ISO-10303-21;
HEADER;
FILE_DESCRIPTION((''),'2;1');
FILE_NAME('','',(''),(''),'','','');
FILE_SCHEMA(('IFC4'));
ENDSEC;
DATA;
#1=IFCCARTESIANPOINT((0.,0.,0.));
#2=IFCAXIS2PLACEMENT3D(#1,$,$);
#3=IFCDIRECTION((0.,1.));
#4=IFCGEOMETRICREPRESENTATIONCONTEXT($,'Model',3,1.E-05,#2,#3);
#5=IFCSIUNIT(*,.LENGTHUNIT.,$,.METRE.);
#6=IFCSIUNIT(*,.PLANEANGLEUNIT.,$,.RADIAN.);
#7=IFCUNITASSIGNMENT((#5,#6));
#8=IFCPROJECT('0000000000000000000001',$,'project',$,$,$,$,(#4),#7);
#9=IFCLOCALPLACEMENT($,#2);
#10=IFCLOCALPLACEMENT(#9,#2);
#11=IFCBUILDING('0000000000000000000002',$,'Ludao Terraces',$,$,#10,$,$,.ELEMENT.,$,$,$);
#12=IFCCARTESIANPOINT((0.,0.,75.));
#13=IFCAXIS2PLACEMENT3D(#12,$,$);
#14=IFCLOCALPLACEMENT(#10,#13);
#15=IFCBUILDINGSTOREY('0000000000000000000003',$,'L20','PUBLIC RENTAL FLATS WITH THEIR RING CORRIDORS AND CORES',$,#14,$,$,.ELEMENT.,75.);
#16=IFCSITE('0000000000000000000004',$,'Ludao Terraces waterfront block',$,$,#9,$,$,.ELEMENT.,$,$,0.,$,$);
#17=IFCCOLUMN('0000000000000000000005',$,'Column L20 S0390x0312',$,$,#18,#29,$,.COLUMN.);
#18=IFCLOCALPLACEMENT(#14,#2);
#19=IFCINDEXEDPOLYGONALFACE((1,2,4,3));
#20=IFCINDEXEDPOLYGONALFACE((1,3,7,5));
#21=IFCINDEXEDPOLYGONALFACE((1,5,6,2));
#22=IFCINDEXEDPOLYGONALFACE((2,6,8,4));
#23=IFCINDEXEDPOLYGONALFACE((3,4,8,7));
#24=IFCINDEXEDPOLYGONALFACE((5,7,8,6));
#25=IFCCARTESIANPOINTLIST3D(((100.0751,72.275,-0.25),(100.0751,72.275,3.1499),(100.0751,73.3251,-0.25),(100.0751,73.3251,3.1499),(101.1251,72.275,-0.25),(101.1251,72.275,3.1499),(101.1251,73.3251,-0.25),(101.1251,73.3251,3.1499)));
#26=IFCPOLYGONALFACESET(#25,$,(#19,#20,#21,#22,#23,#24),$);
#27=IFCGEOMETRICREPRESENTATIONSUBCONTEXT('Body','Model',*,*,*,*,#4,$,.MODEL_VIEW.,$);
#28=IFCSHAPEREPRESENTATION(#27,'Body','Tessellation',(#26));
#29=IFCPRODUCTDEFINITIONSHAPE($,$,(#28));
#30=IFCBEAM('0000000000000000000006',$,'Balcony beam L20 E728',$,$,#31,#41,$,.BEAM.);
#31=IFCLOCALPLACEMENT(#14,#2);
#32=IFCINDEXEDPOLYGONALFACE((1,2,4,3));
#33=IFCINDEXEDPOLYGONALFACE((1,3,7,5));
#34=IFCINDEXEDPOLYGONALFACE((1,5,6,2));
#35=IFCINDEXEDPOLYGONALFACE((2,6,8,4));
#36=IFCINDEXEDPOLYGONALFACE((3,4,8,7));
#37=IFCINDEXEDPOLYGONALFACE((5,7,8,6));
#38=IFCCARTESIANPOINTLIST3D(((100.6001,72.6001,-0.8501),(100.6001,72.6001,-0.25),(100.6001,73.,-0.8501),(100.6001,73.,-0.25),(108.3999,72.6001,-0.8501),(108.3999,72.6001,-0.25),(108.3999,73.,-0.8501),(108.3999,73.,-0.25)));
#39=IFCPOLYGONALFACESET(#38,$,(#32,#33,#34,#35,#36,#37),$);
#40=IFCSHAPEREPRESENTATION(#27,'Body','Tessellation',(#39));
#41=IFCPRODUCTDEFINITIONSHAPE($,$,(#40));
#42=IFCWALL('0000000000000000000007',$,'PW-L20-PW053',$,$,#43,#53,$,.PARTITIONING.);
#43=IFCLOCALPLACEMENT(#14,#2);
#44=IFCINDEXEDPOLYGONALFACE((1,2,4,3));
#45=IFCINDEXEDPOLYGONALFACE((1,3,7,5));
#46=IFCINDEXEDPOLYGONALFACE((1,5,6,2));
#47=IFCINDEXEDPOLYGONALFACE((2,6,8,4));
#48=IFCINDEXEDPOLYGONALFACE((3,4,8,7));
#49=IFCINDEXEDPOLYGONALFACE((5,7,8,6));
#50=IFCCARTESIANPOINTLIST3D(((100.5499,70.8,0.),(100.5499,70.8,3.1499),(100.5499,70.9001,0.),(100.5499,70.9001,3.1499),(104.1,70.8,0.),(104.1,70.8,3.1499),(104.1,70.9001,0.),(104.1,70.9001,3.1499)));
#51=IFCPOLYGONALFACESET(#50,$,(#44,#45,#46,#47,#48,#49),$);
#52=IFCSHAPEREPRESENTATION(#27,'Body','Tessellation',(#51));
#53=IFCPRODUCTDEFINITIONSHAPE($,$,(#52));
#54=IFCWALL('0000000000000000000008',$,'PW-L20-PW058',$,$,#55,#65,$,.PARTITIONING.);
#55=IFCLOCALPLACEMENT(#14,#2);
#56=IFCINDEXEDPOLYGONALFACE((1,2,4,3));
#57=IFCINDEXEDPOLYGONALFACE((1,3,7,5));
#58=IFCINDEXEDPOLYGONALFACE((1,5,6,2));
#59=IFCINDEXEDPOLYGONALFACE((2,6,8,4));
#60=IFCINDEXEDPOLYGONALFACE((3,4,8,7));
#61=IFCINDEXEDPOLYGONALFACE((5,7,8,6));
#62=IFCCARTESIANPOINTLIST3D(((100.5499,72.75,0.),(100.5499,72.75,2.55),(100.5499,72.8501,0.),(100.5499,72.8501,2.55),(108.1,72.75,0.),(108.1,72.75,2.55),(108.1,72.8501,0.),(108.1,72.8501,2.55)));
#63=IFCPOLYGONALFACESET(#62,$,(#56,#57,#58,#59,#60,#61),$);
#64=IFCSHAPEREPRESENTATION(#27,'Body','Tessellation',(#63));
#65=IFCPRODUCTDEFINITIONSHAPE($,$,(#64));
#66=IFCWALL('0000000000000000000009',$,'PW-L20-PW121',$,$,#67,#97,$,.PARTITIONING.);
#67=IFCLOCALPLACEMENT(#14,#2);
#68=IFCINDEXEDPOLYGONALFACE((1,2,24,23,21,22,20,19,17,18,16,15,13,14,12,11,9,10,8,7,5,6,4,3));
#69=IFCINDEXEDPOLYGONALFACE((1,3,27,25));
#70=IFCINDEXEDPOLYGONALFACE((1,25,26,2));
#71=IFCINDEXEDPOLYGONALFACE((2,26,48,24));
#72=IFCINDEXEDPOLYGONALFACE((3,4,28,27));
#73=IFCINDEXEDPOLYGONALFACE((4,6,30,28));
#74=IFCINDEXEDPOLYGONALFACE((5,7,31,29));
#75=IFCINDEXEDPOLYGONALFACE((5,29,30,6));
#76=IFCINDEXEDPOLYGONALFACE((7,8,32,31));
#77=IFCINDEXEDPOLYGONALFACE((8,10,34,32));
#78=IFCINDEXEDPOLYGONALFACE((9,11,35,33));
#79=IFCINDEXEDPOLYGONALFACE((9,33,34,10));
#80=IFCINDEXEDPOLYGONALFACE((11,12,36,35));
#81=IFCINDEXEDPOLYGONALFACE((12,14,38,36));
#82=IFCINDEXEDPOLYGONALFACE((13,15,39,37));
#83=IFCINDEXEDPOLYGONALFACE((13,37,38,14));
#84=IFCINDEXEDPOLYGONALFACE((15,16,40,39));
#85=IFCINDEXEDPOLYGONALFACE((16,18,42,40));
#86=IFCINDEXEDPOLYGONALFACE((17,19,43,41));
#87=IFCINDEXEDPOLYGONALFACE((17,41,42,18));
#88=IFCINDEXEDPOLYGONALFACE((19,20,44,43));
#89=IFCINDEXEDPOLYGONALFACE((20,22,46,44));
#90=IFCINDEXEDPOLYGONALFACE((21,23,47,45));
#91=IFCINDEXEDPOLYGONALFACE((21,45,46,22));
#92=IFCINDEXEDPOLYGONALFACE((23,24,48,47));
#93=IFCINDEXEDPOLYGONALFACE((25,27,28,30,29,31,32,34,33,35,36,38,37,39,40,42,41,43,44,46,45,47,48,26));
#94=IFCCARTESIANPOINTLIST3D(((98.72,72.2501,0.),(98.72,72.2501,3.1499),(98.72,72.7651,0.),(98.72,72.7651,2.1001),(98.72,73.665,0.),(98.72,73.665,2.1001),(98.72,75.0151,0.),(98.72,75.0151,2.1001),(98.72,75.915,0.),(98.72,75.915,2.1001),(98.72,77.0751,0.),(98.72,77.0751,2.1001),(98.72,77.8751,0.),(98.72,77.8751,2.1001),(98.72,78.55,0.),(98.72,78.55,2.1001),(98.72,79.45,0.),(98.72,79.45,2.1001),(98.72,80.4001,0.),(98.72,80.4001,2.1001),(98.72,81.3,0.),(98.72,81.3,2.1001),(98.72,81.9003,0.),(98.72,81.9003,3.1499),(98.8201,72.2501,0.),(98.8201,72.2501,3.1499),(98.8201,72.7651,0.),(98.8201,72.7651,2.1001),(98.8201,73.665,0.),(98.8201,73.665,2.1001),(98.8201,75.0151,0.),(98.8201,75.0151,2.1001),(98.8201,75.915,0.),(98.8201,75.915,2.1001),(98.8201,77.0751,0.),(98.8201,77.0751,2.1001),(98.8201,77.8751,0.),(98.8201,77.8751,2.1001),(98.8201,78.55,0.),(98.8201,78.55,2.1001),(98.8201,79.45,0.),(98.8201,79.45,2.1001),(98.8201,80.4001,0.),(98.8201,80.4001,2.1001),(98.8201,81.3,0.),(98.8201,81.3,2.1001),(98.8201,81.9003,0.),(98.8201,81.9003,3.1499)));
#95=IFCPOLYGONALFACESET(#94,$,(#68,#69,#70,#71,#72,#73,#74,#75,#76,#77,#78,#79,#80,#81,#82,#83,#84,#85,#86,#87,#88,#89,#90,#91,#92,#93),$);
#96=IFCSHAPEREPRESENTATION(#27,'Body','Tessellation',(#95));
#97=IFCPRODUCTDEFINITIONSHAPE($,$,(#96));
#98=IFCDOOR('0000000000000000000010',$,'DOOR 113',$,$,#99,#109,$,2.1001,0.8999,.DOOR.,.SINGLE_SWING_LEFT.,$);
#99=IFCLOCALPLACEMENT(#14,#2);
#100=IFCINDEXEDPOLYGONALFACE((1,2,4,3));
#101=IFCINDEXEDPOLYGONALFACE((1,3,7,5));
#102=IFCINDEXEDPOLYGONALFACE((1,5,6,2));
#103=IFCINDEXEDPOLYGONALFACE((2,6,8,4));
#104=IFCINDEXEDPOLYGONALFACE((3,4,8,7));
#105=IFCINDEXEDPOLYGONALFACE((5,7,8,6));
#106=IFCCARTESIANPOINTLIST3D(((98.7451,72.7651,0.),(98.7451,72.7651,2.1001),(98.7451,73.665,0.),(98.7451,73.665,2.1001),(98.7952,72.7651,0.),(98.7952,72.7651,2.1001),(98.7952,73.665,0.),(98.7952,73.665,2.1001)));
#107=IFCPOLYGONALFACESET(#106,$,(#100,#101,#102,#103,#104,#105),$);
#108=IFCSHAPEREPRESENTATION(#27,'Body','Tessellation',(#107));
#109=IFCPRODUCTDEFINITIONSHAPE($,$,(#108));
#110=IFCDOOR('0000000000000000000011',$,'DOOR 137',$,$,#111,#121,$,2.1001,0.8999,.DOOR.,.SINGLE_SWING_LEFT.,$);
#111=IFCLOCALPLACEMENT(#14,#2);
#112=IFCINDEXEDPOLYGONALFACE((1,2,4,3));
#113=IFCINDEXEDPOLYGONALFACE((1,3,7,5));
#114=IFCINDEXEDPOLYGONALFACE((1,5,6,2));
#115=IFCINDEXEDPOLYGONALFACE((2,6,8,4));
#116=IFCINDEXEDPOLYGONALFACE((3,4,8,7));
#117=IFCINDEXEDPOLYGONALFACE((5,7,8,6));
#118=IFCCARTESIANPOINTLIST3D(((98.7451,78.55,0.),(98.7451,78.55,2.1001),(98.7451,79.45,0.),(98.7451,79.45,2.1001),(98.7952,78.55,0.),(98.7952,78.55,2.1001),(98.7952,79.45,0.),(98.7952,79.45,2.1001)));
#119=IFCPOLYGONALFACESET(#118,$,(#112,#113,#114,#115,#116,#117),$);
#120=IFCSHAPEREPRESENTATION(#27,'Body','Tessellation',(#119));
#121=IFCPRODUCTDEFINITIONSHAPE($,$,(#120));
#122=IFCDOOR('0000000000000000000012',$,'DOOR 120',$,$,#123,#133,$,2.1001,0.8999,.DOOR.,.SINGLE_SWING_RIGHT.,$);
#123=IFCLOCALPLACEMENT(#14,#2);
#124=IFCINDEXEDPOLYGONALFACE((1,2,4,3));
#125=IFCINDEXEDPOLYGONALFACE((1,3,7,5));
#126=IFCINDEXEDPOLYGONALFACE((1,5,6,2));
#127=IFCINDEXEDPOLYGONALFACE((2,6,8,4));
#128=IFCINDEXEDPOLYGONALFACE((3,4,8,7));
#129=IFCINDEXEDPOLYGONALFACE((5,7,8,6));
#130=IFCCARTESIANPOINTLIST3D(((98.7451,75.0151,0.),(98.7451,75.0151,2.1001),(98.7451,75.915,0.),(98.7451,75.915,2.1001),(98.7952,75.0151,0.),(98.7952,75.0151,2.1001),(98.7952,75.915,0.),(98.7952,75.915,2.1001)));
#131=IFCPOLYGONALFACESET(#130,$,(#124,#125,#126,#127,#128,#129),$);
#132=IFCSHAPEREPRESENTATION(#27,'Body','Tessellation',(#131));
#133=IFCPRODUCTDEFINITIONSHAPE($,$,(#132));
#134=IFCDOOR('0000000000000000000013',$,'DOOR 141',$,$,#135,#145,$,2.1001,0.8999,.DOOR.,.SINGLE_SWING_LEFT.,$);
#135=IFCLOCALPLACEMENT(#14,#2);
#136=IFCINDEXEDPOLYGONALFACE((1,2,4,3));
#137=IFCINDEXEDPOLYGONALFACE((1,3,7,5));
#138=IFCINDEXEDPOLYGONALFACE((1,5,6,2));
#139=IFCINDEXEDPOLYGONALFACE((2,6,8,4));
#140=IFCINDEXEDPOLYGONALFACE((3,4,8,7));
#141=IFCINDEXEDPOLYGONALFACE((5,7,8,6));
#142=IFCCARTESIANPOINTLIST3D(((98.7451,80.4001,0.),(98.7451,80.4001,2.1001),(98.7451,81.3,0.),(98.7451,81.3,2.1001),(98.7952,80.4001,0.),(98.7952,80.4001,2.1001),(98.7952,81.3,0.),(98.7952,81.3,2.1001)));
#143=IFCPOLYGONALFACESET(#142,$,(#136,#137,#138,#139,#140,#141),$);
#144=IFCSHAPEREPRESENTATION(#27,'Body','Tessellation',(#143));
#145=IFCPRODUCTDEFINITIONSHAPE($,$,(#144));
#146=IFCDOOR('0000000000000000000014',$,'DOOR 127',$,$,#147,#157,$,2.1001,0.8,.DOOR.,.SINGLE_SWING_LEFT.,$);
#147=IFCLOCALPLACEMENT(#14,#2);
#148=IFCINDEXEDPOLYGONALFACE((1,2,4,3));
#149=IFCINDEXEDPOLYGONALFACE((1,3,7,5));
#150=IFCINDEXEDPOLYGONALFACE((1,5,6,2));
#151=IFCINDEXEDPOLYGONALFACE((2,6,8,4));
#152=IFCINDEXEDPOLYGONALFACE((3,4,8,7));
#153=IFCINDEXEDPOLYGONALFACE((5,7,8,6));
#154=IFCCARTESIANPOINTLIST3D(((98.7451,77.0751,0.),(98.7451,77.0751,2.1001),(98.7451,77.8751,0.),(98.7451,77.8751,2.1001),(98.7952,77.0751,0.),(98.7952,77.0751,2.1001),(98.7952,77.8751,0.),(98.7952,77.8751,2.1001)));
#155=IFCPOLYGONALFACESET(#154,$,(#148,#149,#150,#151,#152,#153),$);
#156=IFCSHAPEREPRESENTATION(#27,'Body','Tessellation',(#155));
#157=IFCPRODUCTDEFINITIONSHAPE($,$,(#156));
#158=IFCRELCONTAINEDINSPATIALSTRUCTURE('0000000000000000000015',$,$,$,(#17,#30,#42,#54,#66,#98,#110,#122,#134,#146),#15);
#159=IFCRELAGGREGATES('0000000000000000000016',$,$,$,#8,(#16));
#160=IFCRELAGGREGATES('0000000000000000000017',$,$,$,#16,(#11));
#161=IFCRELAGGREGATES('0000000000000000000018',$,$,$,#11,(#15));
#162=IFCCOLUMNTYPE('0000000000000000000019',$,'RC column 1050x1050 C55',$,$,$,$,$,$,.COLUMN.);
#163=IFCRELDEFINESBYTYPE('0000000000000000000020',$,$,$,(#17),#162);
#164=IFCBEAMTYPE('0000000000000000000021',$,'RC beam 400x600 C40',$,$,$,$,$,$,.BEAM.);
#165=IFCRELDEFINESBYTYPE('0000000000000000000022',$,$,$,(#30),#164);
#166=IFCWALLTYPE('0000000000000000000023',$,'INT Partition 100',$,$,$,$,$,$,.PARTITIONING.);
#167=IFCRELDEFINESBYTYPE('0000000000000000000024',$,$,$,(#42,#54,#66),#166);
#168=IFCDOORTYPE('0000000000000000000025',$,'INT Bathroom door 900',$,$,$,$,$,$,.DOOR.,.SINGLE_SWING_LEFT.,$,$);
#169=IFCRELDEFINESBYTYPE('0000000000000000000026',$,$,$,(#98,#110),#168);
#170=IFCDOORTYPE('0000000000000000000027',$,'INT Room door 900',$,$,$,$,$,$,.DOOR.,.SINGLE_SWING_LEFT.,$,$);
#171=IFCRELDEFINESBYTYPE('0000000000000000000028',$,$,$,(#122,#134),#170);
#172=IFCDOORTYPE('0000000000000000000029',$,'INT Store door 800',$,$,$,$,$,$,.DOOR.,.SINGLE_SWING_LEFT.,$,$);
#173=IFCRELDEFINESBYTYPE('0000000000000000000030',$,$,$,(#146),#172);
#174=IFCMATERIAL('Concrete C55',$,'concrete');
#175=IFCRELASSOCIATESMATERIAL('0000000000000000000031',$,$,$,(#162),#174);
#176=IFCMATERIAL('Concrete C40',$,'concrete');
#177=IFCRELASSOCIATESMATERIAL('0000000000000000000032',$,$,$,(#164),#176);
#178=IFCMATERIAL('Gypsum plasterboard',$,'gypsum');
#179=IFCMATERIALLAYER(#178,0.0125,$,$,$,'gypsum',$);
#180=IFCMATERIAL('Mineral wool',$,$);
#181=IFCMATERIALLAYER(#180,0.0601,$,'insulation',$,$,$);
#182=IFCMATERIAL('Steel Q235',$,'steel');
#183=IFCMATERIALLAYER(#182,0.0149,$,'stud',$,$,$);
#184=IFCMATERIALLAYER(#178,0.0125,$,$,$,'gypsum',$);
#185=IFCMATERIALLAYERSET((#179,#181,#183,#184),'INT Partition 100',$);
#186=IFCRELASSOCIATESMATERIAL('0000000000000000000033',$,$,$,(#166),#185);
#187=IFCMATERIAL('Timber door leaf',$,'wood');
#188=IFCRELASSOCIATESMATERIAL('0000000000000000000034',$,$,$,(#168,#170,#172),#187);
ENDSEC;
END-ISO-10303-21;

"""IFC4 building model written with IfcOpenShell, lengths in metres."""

from ifc_helpers import new_model, si_unit, direction, frame, frame_2d, origin, origin_2d, place, context, subcontext, project, spatial, rectangle, extrude, material, layer, layer_set, material_profile, profile_set, type_object, element, fill, save


model = new_model("IFC4")

# Units and contexts
model_context = context("Model", 3, precision=1e-05, world=origin(), true_north=direction((0.0, 1.0)))
body_context = subcontext(model_context, "Body", "Model", "MODEL_VIEW")
ifc_project = project(units=[si_unit("LENGTHUNIT", "METRE"), si_unit("PLANEANGLEUNIT", "RADIAN")], contexts=[model_context])

# Site, building, storey
site_placement = place(None, origin())
site = spatial("IfcSite", under=ifc_project, at=site_placement, Name="Ludao Terraces waterfront block", CompositionType="ELEMENT", RefElevation=0.0)
building_placement = place(site_placement, origin())
building = spatial("IfcBuilding", under=site, at=building_placement, Name="Ludao Terraces", CompositionType="ELEMENT")
storey_placement = place(building_placement, frame((0.0, 0.0, 75.0)))
storey = spatial("IfcBuildingStorey", under=building, at=storey_placement, Name="L20", Description="PUBLIC RENTAL FLATS WITH THEIR RING CORRIDORS AND CORES", CompositionType="ELEMENT", Elevation=75.0)

# Column
ifc_material_1 = material(Name="Concrete C55", Category="concrete")
ifc_material_profile_1 = material_profile(ifc_material_1, rectangle(XDim=1.05, YDim=1.05, at=origin_2d()), Name="1050 X 1050")
ifc_profile_set_1 = profile_set([ifc_material_profile_1], Name="Concrete C55")
column_type = type_object("IfcColumnType", Name="RC column 1050x1050 C55", PredefinedType="COLUMN", material=ifc_profile_set_1)
column_placement = place(storey_placement, frame((100.6001, 72.8, -0.25), z_axis=(0.0, 0.0, 1.0), x_axis=(1.0, 0.0, 0.0)))
element("IfcColumn", 1, at=column_placement, inside=storey, type_object=column_type, Name="Column L20 S0390x0312", PredefinedType="COLUMN", context=body_context, shape_type="SweptSolid", body=[
    extrude(rectangle(XDim=1.05, YDim=1.05, at=origin_2d()), origin(), (0.0, 0.0, 1.0), 3.3999),
])

# Beam
ifc_material_2 = material(Name="Concrete C40", Category="concrete")
ifc_material_profile_2 = material_profile(ifc_material_2, rectangle(XDim=0.3999, YDim=0.6001, at=origin_2d()), Name="400 X 600")
ifc_profile_set_2 = profile_set([ifc_material_profile_2], Name="Concrete C40")
beam_type = type_object("IfcBeamType", Name="RC beam 400x600 C40", PredefinedType="BEAM", material=ifc_profile_set_2)
beam_placement = place(storey_placement, frame((100.6001, 72.8, -0.55), z_axis=(1.0, 0.0, 0.0), x_axis=(0.0, 1.0, 0.0)))
element("IfcBeam", 2, at=beam_placement, inside=storey, type_object=beam_type, Name="Balcony beam L20 E728", PredefinedType="BEAM", context=body_context, shape_type="SweptSolid", body=[
    extrude(rectangle(XDim=0.3999, YDim=0.6001, at=origin_2d()), origin(), (0.0, 0.0, 1.0), 7.7998),
])

# Shared definitions
ifc_material_3 = material(Name="Mineral wool")

# Walls
ifc_material_4 = material(Name="Gypsum plasterboard", Category="gypsum")
ifc_layer_1 = layer(ifc_material_4, 0.0125, Category="gypsum")
ifc_layer_2 = layer(ifc_material_3, 0.0601, Name="insulation")
ifc_material_5 = material(Name="Steel Q235", Category="steel")
ifc_layer_3 = layer(ifc_material_5, 0.0149, Name="stud")
ifc_layer_4 = layer(ifc_material_4, 0.0125, Category="gypsum")
ifc_layer_set_1 = layer_set([ifc_layer_1, ifc_layer_2, ifc_layer_3, ifc_layer_4], Name="INT Partition 100")
wall_type_1 = type_object("IfcWallType", Name="INT Partition 100", PredefinedType="PARTITIONING", material=ifc_layer_set_1)
wall_1_placement = place(storey_placement, frame((100.55, 70.8501, 0.0), z_axis=(0.0, 0.0, 1.0), x_axis=(1.0, 0.0, 0.0)))
element("IfcWall", 3, at=wall_1_placement, inside=storey, type_object=wall_type_1, Name="PW-L20-PW053", PredefinedType="PARTITIONING", context=body_context, shape_type="SweptSolid", body=[
    extrude(rectangle(XDim=3.55, YDim=0.1001, at=frame_2d((1.7749, 0.0))), origin(), (0.0, 0.0, 1.0), 3.1499),
])
wall_2_placement = place(storey_placement, frame((100.55, 72.8, 0.0), z_axis=(0.0, 0.0, 1.0), x_axis=(1.0, 0.0, 0.0)))
element("IfcWall", 4, at=wall_2_placement, inside=storey, type_object=wall_type_1, Name="PW-L20-PW058", PredefinedType="PARTITIONING", context=body_context, shape_type="SweptSolid", body=[
    extrude(rectangle(XDim=7.55, YDim=0.1001, at=frame_2d((3.7749, 0.0))), origin(), (0.0, 0.0, 1.0), 2.55),
])

# Wall, openings, doors
wall_3_placement = place(storey_placement, frame((98.77, 72.25, 0.0), z_axis=(0.0, 0.0, 1.0), x_axis=(0.0, 1.0, 0.0)))
wall_3 = element("IfcWall", 5, at=wall_3_placement, inside=storey, type_object=wall_type_1, Name="PW-L20-PW121", PredefinedType="PARTITIONING", context=body_context, shape_type="SweptSolid", body=[
    extrude(rectangle(XDim=9.6501, YDim=0.1001, at=frame_2d((4.8252, 0.0))), origin(), (0.0, 0.0, 1.0), 3.1499),
])
opening_1_placement = place(wall_3_placement, frame((0.5151, 0.0, 0.0)))
opening_1 = element("IfcOpeningElement", 6, at=opening_1_placement, cuts=wall_3, PredefinedType="OPENING", context=body_context, shape_type="SweptSolid", body=[
    extrude(rectangle(XDim=0.8999, YDim=2.1001, at=frame_2d((0.45, 1.05))), frame((0.0, 0.0601, 0.0), z_axis=(0.0, -1.0, 0.0), x_axis=(1.0, 0.0, 0.0)), (0.0, 0.0, 1.0), 0.1201),
])
opening_2_placement = place(wall_3_placement, frame((2.7651, 0.0, 0.0)))
opening_2 = element("IfcOpeningElement", 7, at=opening_2_placement, cuts=wall_3, PredefinedType="OPENING", context=body_context, shape_type="SweptSolid", body=[
    extrude(rectangle(XDim=0.8999, YDim=2.1001, at=frame_2d((0.45, 1.05))), frame((0.0, 0.0601, 0.0), z_axis=(0.0, -1.0, 0.0), x_axis=(1.0, 0.0, 0.0)), (0.0, 0.0, 1.0), 0.1201),
])
opening_3_placement = place(wall_3_placement, frame((4.8252, 0.0, 0.0)))
opening_3 = element("IfcOpeningElement", 8, at=opening_3_placement, cuts=wall_3, PredefinedType="OPENING", context=body_context, shape_type="SweptSolid", body=[
    extrude(rectangle(XDim=0.8, YDim=2.1001, at=frame_2d((0.3999, 1.05))), frame((0.0, 0.0601, 0.0), z_axis=(0.0, -1.0, 0.0), x_axis=(1.0, 0.0, 0.0)), (0.0, 0.0, 1.0), 0.1201),
])
opening_4_placement = place(wall_3_placement, frame((6.3, 0.0, 0.0)))
opening_4 = element("IfcOpeningElement", 9, at=opening_4_placement, cuts=wall_3, PredefinedType="OPENING", context=body_context, shape_type="SweptSolid", body=[
    extrude(rectangle(XDim=0.8999, YDim=2.1001, at=frame_2d((0.45, 1.05))), frame((0.0, 0.0601, 0.0), z_axis=(0.0, -1.0, 0.0), x_axis=(1.0, 0.0, 0.0)), (0.0, 0.0, 1.0), 0.1201),
])
opening_5_placement = place(wall_3_placement, frame((8.1501, 0.0, 0.0)))
opening_5 = element("IfcOpeningElement", 10, at=opening_5_placement, cuts=wall_3, PredefinedType="OPENING", context=body_context, shape_type="SweptSolid", body=[
    extrude(rectangle(XDim=0.8999, YDim=2.1001, at=frame_2d((0.45, 1.05))), frame((0.0, 0.0601, 0.0), z_axis=(0.0, -1.0, 0.0), x_axis=(1.0, 0.0, 0.0)), (0.0, 0.0, 1.0), 0.1201),
])
ifc_material_6 = material(Name="Timber door leaf", Category="wood")
door_type_1 = type_object("IfcDoorType", Name="INT Bathroom door 900", OperationType="SINGLE_SWING_LEFT", PredefinedType="DOOR", material=ifc_material_6)
door_1_placement = place(opening_1_placement, origin())
door_1 = element("IfcDoor", 11, at=door_1_placement, inside=storey, type_object=door_type_1, Name="DOOR 113", OperationType="SINGLE_SWING_LEFT", OverallHeight=2.1001, OverallWidth=0.8999, PredefinedType="DOOR", context=body_context, shape_type="SweptSolid", body=[
    extrude(rectangle(XDim=0.8999, YDim=2.1001, at=frame_2d((0.45, 1.05))), frame((0.0, 0.0249, 0.0), z_axis=(0.0, -1.0, 0.0), x_axis=(1.0, 0.0, 0.0)), (0.0, 0.0, 1.0), 0.05),
])
fill(opening_1, door_1)
door_2_placement = place(opening_4_placement, origin())
door_2 = element("IfcDoor", 12, at=door_2_placement, inside=storey, type_object=door_type_1, Name="DOOR 137", OperationType="SINGLE_SWING_LEFT", OverallHeight=2.1001, OverallWidth=0.8999, PredefinedType="DOOR", context=body_context, shape_type="SweptSolid", body=[
    extrude(rectangle(XDim=0.8999, YDim=2.1001, at=frame_2d((0.45, 1.05))), frame((0.0, 0.0249, 0.0), z_axis=(0.0, -1.0, 0.0), x_axis=(1.0, 0.0, 0.0)), (0.0, 0.0, 1.0), 0.05),
])
fill(opening_4, door_2)
door_type_2 = type_object("IfcDoorType", Name="INT Room door 900", OperationType="SINGLE_SWING_LEFT", PredefinedType="DOOR", material=ifc_material_6)
door_3_placement = place(opening_2_placement, origin())
door_3 = element("IfcDoor", 13, at=door_3_placement, inside=storey, type_object=door_type_2, Name="DOOR 120", OperationType="SINGLE_SWING_RIGHT", OverallHeight=2.1001, OverallWidth=0.8999, PredefinedType="DOOR", context=body_context, shape_type="SweptSolid", body=[
    extrude(rectangle(XDim=0.8999, YDim=2.1001, at=frame_2d((0.45, 1.05))), frame((0.0, 0.0249, 0.0), z_axis=(0.0, -1.0, 0.0), x_axis=(1.0, 0.0, 0.0)), (0.0, 0.0, 1.0), 0.05),
])
fill(opening_2, door_3)
door_4_placement = place(opening_5_placement, origin())
door_4 = element("IfcDoor", 14, at=door_4_placement, inside=storey, type_object=door_type_2, Name="DOOR 141", OperationType="SINGLE_SWING_LEFT", OverallHeight=2.1001, OverallWidth=0.8999, PredefinedType="DOOR", context=body_context, shape_type="SweptSolid", body=[
    extrude(rectangle(XDim=0.8999, YDim=2.1001, at=frame_2d((0.45, 1.05))), frame((0.0, 0.0249, 0.0), z_axis=(0.0, -1.0, 0.0), x_axis=(1.0, 0.0, 0.0)), (0.0, 0.0, 1.0), 0.05),
])
fill(opening_5, door_4)
door_type_3 = type_object("IfcDoorType", Name="INT Store door 800", OperationType="SINGLE_SWING_LEFT", PredefinedType="DOOR", material=ifc_material_6)
door_5_placement = place(opening_3_placement, origin())
door_5 = element("IfcDoor", 15, at=door_5_placement, inside=storey, type_object=door_type_3, Name="DOOR 127", OperationType="SINGLE_SWING_LEFT", OverallHeight=2.1001, OverallWidth=0.8, PredefinedType="DOOR", context=body_context, shape_type="SweptSolid", body=[
    extrude(rectangle(XDim=0.8, YDim=2.1001, at=frame_2d((0.3999, 1.05))), frame((0.0, 0.0249, 0.0), z_axis=(0.0, -1.0, 0.0), x_axis=(1.0, 0.0, 0.0)), (0.0, 0.0, 1.0), 0.05),
])
fill(opening_3, door_5)

save(model, "model.ifc")
